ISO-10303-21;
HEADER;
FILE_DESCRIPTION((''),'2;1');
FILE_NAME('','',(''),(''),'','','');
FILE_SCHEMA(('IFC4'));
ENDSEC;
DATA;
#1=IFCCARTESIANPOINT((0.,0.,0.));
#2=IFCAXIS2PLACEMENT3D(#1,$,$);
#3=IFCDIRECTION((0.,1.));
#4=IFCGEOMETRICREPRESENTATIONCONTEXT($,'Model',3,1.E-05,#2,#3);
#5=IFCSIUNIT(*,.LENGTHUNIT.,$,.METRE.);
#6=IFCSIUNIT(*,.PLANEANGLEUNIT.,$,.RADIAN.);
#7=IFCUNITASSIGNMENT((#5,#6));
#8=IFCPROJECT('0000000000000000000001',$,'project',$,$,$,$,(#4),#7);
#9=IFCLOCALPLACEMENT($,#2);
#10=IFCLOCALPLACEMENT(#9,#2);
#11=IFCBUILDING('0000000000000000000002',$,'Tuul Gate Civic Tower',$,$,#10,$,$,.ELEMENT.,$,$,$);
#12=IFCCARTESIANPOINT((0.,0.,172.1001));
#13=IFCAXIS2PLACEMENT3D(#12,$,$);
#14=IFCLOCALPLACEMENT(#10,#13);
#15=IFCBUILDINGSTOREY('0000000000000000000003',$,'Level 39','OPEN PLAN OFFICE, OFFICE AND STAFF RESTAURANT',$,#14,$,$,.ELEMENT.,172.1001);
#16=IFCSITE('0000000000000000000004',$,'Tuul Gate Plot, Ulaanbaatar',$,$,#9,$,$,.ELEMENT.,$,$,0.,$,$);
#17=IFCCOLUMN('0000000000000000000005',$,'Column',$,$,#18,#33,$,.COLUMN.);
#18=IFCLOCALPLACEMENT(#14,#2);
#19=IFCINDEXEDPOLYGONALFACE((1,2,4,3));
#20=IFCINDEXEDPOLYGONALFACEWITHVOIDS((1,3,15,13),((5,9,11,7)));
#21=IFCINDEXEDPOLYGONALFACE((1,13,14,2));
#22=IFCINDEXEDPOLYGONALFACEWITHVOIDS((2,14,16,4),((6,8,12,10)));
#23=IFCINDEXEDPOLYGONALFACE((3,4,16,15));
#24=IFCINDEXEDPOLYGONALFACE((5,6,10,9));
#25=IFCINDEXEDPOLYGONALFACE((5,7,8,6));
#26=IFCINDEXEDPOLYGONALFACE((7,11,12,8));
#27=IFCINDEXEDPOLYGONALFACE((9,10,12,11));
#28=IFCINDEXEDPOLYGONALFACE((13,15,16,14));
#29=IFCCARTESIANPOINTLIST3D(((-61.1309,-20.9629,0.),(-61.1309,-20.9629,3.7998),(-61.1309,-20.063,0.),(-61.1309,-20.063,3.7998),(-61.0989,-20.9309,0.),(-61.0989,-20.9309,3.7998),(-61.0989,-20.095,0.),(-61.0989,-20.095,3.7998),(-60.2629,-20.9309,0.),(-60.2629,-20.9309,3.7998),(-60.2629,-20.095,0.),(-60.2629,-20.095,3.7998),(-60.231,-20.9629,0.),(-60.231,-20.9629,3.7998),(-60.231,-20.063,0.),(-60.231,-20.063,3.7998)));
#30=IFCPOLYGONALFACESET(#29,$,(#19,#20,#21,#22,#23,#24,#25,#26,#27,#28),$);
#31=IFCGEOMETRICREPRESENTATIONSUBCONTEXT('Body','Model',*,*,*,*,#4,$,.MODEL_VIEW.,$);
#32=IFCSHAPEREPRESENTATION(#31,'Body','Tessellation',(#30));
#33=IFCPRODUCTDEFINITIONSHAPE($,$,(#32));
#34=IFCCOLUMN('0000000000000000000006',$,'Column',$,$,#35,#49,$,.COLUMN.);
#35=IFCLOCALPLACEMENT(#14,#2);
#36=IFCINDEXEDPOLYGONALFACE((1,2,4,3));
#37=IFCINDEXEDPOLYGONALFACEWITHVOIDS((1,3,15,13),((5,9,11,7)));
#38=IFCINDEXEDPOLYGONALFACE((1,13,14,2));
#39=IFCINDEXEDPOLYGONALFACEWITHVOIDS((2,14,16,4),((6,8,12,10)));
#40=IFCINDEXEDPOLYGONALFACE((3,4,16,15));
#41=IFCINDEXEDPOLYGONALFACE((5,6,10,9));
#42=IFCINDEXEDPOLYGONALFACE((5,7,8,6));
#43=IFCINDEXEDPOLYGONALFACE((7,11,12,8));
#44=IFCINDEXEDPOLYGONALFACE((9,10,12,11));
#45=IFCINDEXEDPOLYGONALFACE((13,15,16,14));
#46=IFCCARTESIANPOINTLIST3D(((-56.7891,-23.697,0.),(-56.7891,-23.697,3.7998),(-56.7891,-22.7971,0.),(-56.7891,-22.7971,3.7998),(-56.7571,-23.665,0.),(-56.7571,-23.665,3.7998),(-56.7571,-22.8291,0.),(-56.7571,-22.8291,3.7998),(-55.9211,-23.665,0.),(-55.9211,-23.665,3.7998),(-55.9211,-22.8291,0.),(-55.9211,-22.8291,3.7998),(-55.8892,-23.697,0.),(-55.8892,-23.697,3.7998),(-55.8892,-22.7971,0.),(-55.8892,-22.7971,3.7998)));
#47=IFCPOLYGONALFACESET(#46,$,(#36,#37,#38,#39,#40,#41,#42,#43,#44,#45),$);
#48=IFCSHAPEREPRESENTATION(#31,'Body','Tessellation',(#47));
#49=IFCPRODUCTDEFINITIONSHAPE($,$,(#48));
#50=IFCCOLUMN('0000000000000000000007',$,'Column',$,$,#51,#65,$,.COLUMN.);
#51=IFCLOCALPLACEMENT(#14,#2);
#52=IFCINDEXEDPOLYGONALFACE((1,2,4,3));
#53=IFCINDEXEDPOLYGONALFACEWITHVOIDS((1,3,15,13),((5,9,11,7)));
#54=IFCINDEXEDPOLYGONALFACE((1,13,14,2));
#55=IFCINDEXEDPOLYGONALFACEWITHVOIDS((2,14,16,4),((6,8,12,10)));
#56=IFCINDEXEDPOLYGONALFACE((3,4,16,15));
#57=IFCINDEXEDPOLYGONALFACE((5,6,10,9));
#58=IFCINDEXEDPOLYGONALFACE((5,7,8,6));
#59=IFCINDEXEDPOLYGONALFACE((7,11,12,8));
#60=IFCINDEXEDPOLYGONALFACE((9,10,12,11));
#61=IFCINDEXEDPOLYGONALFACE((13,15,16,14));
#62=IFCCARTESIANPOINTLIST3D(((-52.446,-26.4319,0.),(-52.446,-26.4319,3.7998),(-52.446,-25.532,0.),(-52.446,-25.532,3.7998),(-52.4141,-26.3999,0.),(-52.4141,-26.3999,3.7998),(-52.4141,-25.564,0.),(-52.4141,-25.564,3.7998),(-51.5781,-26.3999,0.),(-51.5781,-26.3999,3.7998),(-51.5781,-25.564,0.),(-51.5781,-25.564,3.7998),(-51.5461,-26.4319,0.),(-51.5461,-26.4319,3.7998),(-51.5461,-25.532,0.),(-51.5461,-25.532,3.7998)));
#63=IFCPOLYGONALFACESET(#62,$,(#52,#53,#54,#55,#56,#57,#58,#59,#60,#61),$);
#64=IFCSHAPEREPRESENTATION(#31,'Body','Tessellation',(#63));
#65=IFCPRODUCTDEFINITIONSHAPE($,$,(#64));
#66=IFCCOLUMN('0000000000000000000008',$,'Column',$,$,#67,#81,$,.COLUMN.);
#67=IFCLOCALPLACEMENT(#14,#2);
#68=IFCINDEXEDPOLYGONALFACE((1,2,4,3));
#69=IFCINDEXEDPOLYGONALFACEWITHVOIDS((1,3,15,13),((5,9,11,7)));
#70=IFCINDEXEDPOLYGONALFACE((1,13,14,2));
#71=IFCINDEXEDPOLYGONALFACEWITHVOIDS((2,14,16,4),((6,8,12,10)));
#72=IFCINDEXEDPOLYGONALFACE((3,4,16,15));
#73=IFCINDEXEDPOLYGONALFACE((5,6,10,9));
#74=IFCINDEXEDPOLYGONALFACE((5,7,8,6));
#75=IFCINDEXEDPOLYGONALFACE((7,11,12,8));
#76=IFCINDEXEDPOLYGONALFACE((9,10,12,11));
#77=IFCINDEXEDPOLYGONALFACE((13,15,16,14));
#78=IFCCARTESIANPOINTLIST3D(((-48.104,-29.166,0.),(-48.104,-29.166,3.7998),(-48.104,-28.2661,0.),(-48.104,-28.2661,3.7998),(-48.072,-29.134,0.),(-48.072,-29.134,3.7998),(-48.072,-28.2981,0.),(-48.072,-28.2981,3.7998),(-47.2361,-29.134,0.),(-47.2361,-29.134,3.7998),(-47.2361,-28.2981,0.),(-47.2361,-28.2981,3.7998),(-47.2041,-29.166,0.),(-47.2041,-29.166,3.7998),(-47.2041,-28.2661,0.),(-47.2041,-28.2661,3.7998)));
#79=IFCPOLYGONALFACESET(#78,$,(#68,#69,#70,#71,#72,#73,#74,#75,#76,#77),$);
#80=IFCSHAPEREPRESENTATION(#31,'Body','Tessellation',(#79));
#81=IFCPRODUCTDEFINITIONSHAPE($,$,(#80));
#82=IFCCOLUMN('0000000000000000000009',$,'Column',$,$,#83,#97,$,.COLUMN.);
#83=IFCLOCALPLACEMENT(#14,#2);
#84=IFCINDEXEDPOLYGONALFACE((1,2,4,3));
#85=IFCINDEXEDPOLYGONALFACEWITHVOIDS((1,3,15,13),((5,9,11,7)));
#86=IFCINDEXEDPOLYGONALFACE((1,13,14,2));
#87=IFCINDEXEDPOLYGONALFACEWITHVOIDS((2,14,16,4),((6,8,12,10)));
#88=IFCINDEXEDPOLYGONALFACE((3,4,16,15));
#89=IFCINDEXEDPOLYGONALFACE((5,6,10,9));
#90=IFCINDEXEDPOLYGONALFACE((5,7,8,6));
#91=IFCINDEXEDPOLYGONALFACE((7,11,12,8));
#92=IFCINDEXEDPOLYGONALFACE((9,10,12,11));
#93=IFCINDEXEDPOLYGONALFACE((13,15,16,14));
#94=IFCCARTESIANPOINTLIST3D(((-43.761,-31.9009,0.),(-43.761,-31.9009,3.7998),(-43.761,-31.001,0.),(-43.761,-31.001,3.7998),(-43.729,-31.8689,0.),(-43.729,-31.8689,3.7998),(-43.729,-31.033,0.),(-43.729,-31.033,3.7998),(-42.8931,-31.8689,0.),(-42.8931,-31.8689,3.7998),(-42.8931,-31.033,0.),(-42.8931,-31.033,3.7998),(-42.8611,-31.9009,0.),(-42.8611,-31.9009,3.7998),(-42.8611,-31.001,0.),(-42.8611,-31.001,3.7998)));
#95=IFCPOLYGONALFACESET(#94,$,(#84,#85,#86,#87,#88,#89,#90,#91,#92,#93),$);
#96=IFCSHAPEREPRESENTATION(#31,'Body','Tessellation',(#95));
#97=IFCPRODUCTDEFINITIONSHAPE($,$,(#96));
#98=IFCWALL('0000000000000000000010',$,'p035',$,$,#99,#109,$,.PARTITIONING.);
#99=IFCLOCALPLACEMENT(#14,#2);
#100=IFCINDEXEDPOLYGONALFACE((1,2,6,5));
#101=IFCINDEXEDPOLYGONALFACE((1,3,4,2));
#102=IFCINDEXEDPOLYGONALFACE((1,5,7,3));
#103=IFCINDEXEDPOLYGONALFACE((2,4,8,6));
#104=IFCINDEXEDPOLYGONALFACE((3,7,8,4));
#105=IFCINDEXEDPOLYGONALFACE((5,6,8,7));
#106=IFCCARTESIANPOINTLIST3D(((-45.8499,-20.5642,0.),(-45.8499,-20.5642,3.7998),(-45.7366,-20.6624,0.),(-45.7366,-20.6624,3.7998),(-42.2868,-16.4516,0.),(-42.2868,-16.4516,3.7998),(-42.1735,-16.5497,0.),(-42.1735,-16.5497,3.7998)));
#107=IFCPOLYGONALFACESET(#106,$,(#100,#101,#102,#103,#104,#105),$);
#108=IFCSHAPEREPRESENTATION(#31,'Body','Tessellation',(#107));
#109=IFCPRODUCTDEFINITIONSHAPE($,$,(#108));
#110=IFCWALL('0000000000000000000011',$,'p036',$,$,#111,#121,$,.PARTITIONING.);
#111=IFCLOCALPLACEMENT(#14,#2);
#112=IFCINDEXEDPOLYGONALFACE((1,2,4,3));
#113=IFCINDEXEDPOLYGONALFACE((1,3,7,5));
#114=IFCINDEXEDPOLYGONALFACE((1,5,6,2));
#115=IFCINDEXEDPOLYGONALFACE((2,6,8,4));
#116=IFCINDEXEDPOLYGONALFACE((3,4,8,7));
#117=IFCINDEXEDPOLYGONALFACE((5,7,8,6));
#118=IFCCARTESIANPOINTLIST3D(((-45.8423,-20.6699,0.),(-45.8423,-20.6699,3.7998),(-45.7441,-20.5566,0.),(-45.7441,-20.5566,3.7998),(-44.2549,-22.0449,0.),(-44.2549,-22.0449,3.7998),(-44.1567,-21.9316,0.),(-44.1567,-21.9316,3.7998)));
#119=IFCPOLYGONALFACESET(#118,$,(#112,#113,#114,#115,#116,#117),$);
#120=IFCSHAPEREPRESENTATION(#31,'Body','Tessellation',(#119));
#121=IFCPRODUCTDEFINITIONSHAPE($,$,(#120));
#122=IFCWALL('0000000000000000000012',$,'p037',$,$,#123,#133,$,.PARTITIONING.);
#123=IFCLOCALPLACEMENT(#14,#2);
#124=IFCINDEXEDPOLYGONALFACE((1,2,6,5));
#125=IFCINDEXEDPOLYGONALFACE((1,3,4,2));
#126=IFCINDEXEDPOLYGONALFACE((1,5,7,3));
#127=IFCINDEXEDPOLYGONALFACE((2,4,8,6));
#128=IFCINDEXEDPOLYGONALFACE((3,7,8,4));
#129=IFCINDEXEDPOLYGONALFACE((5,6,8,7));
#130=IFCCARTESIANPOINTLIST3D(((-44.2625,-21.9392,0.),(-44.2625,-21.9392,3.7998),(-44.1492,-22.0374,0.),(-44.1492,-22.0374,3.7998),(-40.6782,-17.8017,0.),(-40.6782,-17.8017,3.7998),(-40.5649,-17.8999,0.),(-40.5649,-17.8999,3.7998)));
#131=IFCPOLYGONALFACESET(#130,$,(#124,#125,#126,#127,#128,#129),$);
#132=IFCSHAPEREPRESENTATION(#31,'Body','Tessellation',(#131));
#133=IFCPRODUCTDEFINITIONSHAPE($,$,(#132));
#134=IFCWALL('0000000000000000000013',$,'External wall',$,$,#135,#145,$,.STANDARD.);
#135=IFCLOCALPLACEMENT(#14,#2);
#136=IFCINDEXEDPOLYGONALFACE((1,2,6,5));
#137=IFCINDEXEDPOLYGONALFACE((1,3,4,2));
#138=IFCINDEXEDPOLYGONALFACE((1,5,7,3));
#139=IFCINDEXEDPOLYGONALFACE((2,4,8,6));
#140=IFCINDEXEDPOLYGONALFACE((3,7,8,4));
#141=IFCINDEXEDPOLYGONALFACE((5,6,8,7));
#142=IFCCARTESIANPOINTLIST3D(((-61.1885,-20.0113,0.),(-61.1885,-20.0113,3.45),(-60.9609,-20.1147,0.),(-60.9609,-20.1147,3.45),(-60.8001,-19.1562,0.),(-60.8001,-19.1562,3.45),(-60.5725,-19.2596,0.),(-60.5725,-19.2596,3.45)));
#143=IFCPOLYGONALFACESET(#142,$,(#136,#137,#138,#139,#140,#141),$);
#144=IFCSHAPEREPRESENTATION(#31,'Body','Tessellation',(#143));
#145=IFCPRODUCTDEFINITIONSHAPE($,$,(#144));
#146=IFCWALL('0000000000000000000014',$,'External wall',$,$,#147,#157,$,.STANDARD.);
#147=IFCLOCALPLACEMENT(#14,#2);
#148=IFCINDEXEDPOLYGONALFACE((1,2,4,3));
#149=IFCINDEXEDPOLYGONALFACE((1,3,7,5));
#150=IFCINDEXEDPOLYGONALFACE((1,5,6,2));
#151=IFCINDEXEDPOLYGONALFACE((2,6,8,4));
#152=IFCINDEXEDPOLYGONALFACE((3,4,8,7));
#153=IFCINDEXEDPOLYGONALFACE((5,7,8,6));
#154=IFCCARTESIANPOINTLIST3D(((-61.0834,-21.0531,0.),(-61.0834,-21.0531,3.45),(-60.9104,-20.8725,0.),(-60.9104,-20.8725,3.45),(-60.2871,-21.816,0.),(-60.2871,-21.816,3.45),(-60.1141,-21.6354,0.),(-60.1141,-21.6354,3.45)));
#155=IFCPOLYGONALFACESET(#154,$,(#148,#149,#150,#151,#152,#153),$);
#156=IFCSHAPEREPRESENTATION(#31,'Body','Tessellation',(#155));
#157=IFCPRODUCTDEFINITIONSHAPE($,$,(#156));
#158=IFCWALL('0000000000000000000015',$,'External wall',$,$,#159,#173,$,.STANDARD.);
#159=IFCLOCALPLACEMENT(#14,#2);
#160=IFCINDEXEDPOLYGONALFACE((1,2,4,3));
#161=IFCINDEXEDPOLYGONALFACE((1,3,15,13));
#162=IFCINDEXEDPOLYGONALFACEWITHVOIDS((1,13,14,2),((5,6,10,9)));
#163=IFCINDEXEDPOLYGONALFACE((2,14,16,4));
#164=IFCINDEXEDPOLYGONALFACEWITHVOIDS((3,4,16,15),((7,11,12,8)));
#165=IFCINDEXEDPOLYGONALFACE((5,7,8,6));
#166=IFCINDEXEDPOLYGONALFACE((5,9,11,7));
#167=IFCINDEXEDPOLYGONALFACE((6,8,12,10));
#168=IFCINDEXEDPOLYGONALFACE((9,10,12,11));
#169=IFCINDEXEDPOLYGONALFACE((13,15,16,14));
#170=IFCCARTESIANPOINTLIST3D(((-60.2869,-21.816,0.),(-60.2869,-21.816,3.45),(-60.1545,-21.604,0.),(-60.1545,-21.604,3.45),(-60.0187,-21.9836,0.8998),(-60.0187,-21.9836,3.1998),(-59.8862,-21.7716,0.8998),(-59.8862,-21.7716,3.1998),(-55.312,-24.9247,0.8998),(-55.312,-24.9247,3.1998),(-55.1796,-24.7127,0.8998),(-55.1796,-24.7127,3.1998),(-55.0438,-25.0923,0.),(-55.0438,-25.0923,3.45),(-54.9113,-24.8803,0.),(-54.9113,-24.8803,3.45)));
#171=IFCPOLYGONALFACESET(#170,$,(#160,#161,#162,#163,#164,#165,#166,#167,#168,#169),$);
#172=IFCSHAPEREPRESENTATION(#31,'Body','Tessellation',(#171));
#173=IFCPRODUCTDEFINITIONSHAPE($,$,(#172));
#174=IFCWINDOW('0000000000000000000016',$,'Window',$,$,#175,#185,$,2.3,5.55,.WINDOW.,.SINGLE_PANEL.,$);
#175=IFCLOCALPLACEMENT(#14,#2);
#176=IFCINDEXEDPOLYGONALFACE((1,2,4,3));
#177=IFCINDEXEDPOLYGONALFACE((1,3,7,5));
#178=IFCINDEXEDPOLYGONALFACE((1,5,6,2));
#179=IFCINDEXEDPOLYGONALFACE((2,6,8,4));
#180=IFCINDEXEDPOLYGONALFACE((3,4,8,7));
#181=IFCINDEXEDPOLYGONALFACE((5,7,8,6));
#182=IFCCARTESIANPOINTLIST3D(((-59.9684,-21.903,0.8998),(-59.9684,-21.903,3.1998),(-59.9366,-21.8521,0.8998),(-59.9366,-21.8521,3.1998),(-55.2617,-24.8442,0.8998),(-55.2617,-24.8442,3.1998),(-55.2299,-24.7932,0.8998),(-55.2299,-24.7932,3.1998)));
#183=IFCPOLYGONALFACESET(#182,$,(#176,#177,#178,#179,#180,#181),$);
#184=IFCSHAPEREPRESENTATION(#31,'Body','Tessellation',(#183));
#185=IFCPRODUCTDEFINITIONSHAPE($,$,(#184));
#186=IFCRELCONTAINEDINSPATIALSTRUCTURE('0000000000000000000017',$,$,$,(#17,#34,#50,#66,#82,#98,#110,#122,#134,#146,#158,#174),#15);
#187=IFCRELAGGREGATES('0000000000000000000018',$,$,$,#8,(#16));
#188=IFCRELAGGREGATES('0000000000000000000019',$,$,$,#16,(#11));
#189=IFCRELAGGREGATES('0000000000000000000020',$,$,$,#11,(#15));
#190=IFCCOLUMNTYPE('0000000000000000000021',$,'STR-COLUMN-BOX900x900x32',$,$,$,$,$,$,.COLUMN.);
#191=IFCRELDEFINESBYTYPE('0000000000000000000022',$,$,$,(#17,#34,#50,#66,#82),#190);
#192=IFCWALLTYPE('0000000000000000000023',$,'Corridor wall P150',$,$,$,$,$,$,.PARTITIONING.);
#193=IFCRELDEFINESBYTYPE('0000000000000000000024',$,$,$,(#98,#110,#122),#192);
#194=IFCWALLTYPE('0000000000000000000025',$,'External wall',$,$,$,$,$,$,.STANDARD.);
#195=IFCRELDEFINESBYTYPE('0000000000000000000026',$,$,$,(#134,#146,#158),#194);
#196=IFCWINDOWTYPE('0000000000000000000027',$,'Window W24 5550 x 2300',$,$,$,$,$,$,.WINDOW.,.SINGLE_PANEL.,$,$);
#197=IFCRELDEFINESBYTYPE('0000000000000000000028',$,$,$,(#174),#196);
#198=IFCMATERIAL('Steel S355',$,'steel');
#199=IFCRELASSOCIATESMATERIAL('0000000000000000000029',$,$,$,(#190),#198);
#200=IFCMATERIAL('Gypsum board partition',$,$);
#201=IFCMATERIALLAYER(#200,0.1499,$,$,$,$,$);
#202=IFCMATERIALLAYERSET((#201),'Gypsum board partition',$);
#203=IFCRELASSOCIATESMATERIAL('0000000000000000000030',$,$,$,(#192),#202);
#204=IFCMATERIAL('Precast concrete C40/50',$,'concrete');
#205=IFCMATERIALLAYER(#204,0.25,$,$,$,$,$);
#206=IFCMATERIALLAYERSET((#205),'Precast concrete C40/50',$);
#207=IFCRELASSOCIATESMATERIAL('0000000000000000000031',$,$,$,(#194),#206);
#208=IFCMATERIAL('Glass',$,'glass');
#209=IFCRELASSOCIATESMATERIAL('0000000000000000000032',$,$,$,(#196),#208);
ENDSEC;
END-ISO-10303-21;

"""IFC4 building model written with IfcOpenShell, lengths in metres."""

from ifc_helpers import new_model, si_unit, direction, frame, frame_2d, origin, origin_2d, place, context, subcontext, project, spatial, rectangle, hollow_rectangle, extrude, material, layer, layer_set, material_profile, profile_set, type_object, element, fill, save


model = new_model("IFC4")

# Units and contexts
model_context = context("Model", 3, precision=1e-05, world=origin(), true_north=direction((0.0, 1.0)))
body_context = subcontext(model_context, "Body", "Model", "MODEL_VIEW")
ifc_project = project(units=[si_unit("LENGTHUNIT", "METRE"), si_unit("PLANEANGLEUNIT", "RADIAN")], contexts=[model_context])

# Site, building, storey
site_placement = place(None, origin())
site = spatial("IfcSite", under=ifc_project, at=site_placement, Name="Tuul Gate Plot, Ulaanbaatar", CompositionType="ELEMENT", RefElevation=0.0)
building_placement = place(site_placement, origin())
building = spatial("IfcBuilding", under=site, at=building_placement, Name="Tuul Gate Civic Tower", CompositionType="ELEMENT")
storey_placement = place(building_placement, frame((0.0, 0.0, 172.1001)))
storey = spatial("IfcBuildingStorey", under=building, at=storey_placement, Name="Level 39", Description="OPEN PLAN OFFICE, OFFICE AND STAFF RESTAURANT", CompositionType="ELEMENT", Elevation=172.1001)

# Columns
ifc_material_1 = material(Name="Steel S355", Category="steel")
ifc_material_profile_1 = material_profile(ifc_material_1, hollow_rectangle(XDim=0.8999, YDim=0.8999, WallThickness=0.032, at=origin_2d()), Name="BOX900x900x32")
ifc_profile_set_1 = profile_set([ifc_material_profile_1], Name="Steel S355")
column_type = type_object("IfcColumnType", Name="STR-COLUMN-BOX900x900x32", PredefinedType="COLUMN", material=ifc_profile_set_1)
for number, where, z_axis, x_axis, name in (
    (1, (-60.6809, -20.5129, 0.0), (0.0, 0.0, 1.0), (1.0, 0.0, 0.0), "Column"),
    (2, (-56.3391, -23.2471, 0.0), (0.0, 0.0, 1.0), (1.0, 0.0, 0.0), "Column"),
    (3, (-51.9961, -25.9819, 0.0), (0.0, 0.0, 1.0), (1.0, 0.0, 0.0), "Column"),
    (4, (-47.6541, -28.7161, 0.0), (0.0, 0.0, 1.0), (1.0, 0.0, 0.0), "Column"),
    (5, (-43.311, -31.4509, 0.0), (0.0, 0.0, 1.0), (1.0, 0.0, 0.0), "Column"),
):
    element("IfcColumn", number, at=place(storey_placement, frame(where, z_axis=z_axis, x_axis=x_axis)), inside=storey, type_object=column_type, Name=name, PredefinedType="COLUMN", context=body_context, shape_type="SweptSolid", body=[
        extrude(hollow_rectangle(XDim=0.8999, YDim=0.8999, WallThickness=0.032, at=origin_2d()), origin(), (0.0, 0.0, 1.0), 3.7998),
    ])

# Walls
ifc_material_2 = material(Name="Gypsum board partition")
ifc_layer_1 = layer(ifc_material_2, 0.1499)
ifc_layer_set_1 = layer_set([ifc_layer_1], Name="Gypsum board partition")
wall_type_1 = type_object("IfcWallType", Name="Corridor wall P150", PredefinedType="PARTITIONING", material=ifc_layer_set_1)
wall_1_placement = place(storey_placement, frame((-45.7932, -20.6133, 0.0), z_axis=(0.0, 0.0, 1.0), x_axis=(0.654802, 0.7558, 0.0)))
element("IfcWall", 6, at=wall_1_placement, inside=storey, type_object=wall_type_1, Name="p035", PredefinedType="PARTITIONING", context=body_context, shape_type="SweptSolid", body=[
    extrude(rectangle(XDim=5.4414, YDim=0.1499, at=frame_2d((2.7207, 0.0))), origin(), (0.0, 0.0, 1.0), 3.7998),
])
wall_2_placement = place(storey_placement, frame((-45.7932, -20.6133, 0.0), z_axis=(0.0, 0.0, 1.0), x_axis=(0.755865, -0.654727, 0.0)))
element("IfcWall", 7, at=wall_2_placement, inside=storey, type_object=wall_type_1, Name="p036", PredefinedType="PARTITIONING", context=body_context, shape_type="SweptSolid", body=[
    extrude(rectangle(XDim=2.1001, YDim=0.1499, at=frame_2d((1.05, 0.0))), origin(), (0.0, 0.0, 1.0), 3.7998),
])
wall_3_placement = place(storey_placement, frame((-44.2058, -21.9883, 0.0), z_axis=(0.0, 0.0, 1.0), x_axis=(0.654768, 0.75583, 0.0)))
element("IfcWall", 8, at=wall_3_placement, inside=storey, type_object=wall_type_1, Name="p037", PredefinedType="PARTITIONING", context=body_context, shape_type="SweptSolid", body=[
    extrude(rectangle(XDim=5.4741, YDim=0.1499, at=frame_2d((2.7371, 0.0))), origin(), (0.0, 0.0, 1.0), 3.7998),
])
ifc_material_3 = material(Name="Precast concrete C40/50", Category="concrete")
ifc_layer_2 = layer(ifc_material_3, 0.25)
ifc_layer_set_2 = layer_set([ifc_layer_2], Name="Precast concrete C40/50")
wall_type_2 = type_object("IfcWallType", Name="External wall", PredefinedType="STANDARD", material=ifc_layer_set_2)
wall_4_placement = place(storey_placement, frame((-60.6863, -19.2078, 0.0), z_axis=(0.0, 0.0, 1.0), x_axis=(-0.413529, -0.910491, 0.0)))
element("IfcWall", 9, at=wall_4_placement, inside=storey, type_object=wall_type_2, Name="External wall", PredefinedType="STANDARD", context=body_context, shape_type="SweptSolid", body=[
    extrude(rectangle(XDim=0.9392, YDim=0.25, at=frame_2d((0.4697, 0.0))), origin(), (0.0, 0.0, 1.0), 3.45),
])
wall_5_placement = place(storey_placement, frame((-60.9968, -20.9629, 0.0), z_axis=(0.0, 0.0, 1.0), x_axis=(0.722108, -0.69178, 0.0)))
element("IfcWall", 10, at=wall_5_placement, inside=storey, type_object=wall_type_2, Name="External wall", PredefinedType="STANDARD", context=body_context, shape_type="SweptSolid", body=[
    extrude(rectangle(XDim=1.1028, YDim=0.25, at=frame_2d((0.5513, 0.0))), origin(), (0.0, 0.0, 1.0), 3.45),
])

# Wall, opening, window
wall_6_placement = place(storey_placement, frame((-60.2207, -21.71, 0.0), z_axis=(0.0, 0.0, 1.0), x_axis=(0.848043, -0.529928, 0.0)))
wall_6 = element("IfcWall", 11, at=wall_6_placement, inside=storey, type_object=wall_type_2, Name="External wall", PredefinedType="STANDARD", context=body_context, shape_type="SweptSolid", body=[
    extrude(rectangle(XDim=6.1826, YDim=0.25, at=frame_2d((3.0913, 0.0))), origin(), (0.0, 0.0, 1.0), 3.45),
])
opening_1_placement = place(wall_6_placement, frame((0.3164, 0.0, 0.8999)))
opening_1 = element("IfcOpeningElement", 12, at=opening_1_placement, cuts=wall_6, PredefinedType="OPENING", context=body_context, shape_type="SweptSolid", body=[
    extrude(rectangle(XDim=5.55, YDim=2.3, at=frame_2d((2.7749, 1.1499))), frame((0.0, 0.135, 0.0), z_axis=(0.0, -1.0, 0.0), x_axis=(1.0, 0.0, 0.0)), (0.0, 0.0, 1.0), 0.27),
])
ifc_material_4 = material(Name="Glass", Category="glass")
window_type_1 = type_object("IfcWindowType", Name="Window W24 5550 x 2300", PartitioningType="SINGLE_PANEL", PredefinedType="WINDOW", material=ifc_material_4)
window_1_placement = place(opening_1_placement, origin())
window_1 = element("IfcWindow", 13, at=window_1_placement, inside=storey, type_object=window_type_1, Name="Window", OverallHeight=2.3, OverallWidth=5.55, PartitioningType="SINGLE_PANEL", PredefinedType="WINDOW", context=body_context, shape_type="SweptSolid", body=[
    extrude(rectangle(XDim=5.55, YDim=2.3, at=frame_2d((2.7749, 1.1499))), frame((0.0, 0.03, 0.0), z_axis=(0.0, -1.0, 0.0), x_axis=(1.0, 0.0, 0.0)), (0.0, 0.0, 1.0), 0.0601),
])
fill(opening_1, window_1)

save(model, "model.ifc")
